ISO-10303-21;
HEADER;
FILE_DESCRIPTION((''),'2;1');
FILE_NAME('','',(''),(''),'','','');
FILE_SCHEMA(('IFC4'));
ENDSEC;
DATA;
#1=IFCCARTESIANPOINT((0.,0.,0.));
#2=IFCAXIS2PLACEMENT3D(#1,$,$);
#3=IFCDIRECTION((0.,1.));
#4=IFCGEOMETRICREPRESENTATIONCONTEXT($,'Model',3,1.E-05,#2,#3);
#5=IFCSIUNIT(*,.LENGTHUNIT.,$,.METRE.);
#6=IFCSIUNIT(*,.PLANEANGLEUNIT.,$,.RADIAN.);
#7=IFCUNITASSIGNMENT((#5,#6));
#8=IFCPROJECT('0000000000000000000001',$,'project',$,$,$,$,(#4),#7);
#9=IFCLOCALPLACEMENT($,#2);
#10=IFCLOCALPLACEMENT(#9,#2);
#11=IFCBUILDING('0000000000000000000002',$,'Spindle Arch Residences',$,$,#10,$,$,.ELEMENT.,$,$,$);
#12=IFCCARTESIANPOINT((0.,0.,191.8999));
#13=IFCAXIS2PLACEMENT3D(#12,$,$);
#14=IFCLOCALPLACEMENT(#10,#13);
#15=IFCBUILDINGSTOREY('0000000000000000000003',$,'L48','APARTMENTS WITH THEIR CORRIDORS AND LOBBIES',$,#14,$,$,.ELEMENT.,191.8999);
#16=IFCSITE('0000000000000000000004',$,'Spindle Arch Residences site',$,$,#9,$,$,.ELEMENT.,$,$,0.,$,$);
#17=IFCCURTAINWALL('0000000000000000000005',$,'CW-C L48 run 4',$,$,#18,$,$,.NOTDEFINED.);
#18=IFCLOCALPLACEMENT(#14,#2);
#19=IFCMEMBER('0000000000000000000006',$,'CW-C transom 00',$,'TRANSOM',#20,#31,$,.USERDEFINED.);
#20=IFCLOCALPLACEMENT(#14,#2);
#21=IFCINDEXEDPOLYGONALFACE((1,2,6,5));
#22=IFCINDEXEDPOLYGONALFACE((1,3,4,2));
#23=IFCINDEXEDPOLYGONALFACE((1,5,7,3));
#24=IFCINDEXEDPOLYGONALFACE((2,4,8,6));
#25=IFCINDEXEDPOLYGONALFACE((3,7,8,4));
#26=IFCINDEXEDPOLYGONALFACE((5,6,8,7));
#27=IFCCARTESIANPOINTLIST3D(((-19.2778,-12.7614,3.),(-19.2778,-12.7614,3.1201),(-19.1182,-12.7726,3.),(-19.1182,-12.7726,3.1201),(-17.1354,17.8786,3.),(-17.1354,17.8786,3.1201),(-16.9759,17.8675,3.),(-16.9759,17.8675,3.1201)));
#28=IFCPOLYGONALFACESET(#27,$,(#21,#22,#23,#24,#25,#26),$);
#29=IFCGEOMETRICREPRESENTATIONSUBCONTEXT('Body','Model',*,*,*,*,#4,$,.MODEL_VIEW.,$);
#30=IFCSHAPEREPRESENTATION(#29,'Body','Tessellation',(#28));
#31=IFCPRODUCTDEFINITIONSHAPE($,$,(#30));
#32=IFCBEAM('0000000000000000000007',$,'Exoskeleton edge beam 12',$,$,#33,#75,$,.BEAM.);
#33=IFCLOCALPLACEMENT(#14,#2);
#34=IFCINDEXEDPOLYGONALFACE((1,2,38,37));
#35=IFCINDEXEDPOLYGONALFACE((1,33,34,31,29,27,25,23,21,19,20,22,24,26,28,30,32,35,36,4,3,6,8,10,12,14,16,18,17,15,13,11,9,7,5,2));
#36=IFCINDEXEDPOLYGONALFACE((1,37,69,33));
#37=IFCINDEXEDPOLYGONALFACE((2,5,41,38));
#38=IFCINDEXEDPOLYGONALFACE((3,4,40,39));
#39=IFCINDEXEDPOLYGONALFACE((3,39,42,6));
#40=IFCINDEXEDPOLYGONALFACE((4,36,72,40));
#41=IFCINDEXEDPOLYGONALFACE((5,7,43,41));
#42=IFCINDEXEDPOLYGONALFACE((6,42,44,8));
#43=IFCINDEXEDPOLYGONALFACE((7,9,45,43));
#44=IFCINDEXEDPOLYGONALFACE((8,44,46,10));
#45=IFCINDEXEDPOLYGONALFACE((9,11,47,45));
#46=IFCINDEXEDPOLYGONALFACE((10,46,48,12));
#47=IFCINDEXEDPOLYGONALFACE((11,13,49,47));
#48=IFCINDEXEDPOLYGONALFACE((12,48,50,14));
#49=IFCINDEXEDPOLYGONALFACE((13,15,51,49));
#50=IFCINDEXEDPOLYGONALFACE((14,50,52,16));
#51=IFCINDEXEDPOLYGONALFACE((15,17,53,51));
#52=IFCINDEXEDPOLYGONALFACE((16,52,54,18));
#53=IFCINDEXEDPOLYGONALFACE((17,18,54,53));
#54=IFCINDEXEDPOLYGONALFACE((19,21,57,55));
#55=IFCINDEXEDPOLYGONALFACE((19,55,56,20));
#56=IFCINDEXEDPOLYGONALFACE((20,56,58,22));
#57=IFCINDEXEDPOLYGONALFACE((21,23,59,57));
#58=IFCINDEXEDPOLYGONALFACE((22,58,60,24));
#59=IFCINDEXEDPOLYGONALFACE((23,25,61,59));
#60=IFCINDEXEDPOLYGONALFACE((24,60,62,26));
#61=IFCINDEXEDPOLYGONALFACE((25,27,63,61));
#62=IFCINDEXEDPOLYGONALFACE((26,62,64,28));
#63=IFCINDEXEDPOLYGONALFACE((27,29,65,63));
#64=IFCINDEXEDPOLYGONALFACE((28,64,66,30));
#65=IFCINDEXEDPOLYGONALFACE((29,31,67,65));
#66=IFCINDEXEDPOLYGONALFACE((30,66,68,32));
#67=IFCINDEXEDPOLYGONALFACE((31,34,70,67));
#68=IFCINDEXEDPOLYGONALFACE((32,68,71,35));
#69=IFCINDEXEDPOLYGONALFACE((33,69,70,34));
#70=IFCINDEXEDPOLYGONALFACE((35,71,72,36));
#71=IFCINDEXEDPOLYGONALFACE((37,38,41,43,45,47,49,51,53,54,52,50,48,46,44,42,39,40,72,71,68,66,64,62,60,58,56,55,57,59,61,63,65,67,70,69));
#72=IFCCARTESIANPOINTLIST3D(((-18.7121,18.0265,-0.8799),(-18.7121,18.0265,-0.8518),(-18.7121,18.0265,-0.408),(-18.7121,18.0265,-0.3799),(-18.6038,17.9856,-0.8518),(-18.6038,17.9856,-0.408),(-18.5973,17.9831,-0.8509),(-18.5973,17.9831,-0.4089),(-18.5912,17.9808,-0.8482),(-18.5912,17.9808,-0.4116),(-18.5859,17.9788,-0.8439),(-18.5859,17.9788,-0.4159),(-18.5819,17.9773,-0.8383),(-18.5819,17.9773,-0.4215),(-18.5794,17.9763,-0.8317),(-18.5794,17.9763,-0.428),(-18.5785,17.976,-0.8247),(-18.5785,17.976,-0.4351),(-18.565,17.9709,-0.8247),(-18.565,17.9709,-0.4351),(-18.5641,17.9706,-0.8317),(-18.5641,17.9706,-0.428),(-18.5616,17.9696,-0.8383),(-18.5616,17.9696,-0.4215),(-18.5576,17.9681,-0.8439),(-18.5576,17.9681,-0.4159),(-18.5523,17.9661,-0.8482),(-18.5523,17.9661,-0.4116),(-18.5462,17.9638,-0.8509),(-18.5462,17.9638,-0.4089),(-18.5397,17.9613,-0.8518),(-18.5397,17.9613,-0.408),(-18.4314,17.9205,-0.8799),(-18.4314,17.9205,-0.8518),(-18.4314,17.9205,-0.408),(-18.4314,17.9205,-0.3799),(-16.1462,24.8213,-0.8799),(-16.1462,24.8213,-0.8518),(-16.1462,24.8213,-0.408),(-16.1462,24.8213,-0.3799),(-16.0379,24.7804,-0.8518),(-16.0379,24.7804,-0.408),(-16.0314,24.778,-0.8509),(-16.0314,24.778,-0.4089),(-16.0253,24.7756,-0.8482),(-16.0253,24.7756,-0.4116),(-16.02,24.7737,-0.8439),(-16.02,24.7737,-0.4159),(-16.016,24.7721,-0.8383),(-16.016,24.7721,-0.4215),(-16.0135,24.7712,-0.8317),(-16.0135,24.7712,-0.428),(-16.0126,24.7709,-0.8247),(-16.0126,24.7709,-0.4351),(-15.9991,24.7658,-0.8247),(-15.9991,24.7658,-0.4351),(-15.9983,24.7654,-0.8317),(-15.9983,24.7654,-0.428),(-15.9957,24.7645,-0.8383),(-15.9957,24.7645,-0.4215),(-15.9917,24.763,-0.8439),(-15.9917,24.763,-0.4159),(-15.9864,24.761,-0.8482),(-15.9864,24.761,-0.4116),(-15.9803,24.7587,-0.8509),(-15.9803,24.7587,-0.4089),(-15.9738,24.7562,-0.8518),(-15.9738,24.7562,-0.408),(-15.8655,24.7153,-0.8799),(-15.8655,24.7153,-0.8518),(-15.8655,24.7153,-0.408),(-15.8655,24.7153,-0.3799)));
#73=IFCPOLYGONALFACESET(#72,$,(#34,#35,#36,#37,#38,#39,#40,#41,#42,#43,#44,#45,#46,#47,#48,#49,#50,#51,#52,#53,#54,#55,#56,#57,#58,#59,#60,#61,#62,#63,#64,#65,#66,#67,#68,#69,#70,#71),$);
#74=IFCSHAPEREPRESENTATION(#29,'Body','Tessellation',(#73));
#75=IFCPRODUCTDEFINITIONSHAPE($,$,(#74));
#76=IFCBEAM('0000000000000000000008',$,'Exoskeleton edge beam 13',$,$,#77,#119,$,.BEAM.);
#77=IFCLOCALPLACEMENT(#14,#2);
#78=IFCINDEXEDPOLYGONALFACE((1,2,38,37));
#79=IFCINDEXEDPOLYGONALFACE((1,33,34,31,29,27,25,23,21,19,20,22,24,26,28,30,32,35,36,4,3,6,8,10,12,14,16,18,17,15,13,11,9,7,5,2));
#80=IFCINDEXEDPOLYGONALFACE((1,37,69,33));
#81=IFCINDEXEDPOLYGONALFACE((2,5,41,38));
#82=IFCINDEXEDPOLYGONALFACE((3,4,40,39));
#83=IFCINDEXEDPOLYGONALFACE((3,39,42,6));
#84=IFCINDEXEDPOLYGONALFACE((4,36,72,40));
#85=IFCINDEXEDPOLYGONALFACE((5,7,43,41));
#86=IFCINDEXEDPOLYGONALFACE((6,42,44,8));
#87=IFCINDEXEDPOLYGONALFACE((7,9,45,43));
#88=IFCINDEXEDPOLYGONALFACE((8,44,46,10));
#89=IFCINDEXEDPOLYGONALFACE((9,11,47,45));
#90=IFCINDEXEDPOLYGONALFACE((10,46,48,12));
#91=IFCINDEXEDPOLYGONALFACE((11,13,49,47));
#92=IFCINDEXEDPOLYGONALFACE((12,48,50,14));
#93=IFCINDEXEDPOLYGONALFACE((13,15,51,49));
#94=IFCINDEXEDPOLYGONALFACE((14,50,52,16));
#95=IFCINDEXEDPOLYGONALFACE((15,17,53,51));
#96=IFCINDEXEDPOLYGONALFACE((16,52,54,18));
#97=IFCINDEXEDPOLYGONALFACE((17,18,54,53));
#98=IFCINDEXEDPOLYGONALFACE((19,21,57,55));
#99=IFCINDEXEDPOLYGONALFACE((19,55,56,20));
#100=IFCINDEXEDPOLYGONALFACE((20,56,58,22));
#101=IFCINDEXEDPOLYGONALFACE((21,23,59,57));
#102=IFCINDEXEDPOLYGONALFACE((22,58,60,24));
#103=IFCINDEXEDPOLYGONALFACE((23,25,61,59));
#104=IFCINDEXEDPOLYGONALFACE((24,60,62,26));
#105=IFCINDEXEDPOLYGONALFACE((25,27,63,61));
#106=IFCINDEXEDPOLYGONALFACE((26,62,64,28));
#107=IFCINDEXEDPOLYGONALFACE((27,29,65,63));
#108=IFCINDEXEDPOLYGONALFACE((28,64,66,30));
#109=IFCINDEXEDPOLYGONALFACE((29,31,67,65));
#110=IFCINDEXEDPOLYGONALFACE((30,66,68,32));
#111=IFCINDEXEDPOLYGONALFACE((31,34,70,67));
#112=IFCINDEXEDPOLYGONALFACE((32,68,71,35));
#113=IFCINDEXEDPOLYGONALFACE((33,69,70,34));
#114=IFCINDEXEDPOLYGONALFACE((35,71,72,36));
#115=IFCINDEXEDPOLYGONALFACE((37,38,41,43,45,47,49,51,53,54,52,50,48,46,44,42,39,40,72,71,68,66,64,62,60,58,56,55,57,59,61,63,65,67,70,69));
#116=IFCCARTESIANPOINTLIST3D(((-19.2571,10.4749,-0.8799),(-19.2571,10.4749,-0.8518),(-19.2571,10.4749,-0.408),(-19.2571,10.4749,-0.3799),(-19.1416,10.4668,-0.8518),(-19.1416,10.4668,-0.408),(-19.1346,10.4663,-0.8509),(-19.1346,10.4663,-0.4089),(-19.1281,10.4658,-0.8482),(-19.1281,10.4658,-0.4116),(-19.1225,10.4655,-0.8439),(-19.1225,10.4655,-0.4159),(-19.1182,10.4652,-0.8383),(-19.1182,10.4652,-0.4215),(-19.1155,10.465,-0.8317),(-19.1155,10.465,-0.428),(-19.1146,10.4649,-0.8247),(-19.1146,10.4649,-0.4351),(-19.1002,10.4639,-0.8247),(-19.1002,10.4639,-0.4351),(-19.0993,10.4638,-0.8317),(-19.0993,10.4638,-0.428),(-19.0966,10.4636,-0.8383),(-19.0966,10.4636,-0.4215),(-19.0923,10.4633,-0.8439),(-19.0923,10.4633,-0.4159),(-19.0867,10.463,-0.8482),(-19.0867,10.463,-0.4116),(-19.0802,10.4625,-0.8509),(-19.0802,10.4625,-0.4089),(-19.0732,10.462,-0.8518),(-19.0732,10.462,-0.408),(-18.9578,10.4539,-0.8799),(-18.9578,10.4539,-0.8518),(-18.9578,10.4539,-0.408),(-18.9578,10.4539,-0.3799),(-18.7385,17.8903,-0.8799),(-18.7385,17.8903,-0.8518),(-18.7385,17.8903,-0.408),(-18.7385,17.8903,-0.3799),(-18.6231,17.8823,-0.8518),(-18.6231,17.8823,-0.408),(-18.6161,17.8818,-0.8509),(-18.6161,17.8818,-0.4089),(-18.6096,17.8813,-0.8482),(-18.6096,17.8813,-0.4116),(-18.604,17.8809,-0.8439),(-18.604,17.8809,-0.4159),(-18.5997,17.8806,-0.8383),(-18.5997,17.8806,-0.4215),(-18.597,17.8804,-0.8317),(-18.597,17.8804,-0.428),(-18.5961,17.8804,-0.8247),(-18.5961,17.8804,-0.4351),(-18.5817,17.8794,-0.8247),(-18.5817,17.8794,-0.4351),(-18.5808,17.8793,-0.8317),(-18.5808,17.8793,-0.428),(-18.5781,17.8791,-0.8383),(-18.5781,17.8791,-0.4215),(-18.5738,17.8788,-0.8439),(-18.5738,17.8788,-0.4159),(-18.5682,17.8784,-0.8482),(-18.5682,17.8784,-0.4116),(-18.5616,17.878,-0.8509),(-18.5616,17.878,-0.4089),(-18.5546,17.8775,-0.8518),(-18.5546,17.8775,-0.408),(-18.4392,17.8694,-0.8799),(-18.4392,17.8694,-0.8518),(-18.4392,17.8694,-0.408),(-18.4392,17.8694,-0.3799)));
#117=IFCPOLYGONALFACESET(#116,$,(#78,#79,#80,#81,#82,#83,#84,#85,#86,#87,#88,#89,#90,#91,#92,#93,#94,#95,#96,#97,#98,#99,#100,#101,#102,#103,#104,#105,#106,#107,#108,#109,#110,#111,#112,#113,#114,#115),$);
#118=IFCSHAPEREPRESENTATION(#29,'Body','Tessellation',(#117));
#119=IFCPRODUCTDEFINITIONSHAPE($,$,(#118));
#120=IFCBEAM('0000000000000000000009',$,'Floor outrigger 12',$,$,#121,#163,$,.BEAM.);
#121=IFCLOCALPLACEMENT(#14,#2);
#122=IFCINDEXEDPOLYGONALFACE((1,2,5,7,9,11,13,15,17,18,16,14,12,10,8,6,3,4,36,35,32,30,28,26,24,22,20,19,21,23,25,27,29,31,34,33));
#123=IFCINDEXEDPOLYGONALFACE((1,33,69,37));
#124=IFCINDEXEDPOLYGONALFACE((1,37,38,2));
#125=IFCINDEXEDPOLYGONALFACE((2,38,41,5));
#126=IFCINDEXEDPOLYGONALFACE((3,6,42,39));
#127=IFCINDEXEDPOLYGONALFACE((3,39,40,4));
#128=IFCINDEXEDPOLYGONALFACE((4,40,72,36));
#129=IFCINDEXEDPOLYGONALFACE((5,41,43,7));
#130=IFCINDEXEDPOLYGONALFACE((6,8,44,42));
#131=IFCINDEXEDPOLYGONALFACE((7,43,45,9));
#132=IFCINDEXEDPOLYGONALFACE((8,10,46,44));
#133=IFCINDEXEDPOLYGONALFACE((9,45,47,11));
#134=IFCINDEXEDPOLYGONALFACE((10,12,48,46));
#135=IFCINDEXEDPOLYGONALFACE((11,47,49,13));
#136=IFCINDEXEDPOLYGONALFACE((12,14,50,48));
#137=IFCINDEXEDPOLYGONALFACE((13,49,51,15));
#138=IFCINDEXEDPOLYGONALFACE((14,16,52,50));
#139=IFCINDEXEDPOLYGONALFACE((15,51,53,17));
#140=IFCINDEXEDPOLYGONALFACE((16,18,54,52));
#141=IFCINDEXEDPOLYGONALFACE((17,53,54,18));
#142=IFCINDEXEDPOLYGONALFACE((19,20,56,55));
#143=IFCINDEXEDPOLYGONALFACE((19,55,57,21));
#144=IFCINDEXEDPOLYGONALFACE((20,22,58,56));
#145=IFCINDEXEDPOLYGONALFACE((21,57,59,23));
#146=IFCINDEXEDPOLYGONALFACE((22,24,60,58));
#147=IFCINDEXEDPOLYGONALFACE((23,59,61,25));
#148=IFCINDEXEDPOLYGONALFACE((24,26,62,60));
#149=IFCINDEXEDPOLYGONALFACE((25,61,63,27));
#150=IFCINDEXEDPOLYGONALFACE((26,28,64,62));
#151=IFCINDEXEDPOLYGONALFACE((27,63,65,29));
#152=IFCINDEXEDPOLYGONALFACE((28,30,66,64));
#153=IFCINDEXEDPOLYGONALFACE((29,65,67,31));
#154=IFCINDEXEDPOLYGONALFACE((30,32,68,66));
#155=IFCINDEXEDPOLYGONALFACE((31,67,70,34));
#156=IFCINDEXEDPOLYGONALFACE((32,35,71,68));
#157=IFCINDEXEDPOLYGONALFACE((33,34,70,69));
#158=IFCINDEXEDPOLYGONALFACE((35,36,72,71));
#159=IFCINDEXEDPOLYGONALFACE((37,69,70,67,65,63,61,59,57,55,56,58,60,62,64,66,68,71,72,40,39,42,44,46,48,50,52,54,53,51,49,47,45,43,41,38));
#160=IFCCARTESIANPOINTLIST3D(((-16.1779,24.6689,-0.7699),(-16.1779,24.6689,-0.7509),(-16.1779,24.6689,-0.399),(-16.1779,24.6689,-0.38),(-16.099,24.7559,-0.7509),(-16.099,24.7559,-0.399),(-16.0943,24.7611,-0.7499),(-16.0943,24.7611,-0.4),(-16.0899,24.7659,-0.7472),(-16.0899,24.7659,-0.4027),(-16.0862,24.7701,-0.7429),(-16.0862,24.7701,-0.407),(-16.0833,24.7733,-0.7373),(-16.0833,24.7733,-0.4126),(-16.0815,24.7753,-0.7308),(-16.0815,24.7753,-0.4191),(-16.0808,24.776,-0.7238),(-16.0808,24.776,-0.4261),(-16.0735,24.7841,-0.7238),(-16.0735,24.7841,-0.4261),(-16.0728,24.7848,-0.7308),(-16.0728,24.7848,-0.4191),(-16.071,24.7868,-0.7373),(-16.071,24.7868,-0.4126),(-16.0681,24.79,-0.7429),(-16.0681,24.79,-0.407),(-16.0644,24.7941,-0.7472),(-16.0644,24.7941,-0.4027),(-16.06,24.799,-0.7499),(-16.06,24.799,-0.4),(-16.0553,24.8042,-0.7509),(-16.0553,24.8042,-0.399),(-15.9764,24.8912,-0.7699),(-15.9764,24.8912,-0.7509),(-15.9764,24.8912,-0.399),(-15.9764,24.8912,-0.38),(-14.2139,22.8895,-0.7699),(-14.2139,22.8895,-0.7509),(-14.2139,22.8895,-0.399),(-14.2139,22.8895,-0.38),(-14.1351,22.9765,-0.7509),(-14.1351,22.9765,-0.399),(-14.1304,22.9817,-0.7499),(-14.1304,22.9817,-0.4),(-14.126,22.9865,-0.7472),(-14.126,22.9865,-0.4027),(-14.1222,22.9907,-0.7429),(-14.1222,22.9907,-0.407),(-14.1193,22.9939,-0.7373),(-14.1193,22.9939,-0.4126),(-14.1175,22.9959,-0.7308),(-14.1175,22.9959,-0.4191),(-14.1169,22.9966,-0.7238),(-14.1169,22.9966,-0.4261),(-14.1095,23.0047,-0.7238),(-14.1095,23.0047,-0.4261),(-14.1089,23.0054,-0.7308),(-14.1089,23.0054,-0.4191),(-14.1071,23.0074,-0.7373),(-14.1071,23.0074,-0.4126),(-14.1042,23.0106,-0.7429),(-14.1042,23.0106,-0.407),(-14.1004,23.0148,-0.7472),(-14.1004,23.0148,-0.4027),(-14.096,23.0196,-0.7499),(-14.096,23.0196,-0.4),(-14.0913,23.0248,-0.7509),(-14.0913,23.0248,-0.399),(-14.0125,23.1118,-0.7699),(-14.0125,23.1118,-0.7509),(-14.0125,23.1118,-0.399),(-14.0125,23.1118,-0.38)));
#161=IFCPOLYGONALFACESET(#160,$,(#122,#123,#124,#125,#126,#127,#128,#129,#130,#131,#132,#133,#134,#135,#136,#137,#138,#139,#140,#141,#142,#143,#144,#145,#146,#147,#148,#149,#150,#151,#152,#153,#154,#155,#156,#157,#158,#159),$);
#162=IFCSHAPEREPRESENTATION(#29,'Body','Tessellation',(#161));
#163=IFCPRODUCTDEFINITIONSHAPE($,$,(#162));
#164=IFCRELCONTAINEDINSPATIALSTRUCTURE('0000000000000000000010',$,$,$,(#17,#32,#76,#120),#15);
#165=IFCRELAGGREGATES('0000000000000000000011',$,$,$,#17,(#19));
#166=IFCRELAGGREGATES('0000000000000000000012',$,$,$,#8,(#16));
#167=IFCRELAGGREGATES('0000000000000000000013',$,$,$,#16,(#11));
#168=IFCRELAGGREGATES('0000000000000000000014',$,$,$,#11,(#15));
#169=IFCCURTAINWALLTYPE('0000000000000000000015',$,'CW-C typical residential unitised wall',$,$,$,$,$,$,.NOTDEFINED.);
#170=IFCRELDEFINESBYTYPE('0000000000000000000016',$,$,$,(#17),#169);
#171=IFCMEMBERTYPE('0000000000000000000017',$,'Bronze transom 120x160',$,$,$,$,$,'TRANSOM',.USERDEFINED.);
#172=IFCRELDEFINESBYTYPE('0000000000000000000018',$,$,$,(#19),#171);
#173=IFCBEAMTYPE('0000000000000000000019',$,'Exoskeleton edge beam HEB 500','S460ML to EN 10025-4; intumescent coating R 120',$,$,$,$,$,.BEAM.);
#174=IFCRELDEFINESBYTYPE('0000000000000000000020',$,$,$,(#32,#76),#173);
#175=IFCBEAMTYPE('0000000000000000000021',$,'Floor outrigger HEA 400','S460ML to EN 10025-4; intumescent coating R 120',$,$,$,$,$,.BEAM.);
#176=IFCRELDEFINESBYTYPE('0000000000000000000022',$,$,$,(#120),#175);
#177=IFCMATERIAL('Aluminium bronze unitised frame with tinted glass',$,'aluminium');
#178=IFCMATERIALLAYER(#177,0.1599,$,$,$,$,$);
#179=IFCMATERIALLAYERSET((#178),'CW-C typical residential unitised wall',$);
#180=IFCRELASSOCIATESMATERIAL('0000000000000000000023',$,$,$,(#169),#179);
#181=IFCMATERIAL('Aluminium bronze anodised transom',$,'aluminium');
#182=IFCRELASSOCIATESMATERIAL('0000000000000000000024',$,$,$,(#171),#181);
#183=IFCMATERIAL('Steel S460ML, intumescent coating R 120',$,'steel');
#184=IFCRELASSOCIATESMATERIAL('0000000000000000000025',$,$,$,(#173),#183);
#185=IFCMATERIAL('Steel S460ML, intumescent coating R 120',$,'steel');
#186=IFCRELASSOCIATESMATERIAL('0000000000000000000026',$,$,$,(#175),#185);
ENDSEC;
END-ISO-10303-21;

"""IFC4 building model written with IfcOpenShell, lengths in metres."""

from ifc_helpers import new_model, si_unit, direction, frame, origin, origin_2d, place, context, subcontext, project, spatial, rectangle, i_section, extrude, material, layer, layer_set, material_profile, profile_set, type_object, element, aggregate, save


model = new_model("IFC4")

# Units and contexts
model_context = context("Model", 3, precision=1e-05, world=origin(), true_north=direction((0.0, 1.0)))
body_context = subcontext(model_context, "Body", "Model", "MODEL_VIEW")
ifc_project = project(units=[si_unit("LENGTHUNIT", "METRE"), si_unit("PLANEANGLEUNIT", "RADIAN")], contexts=[model_context])

# Site, building, storey
site_placement = place(None, origin())
site = spatial("IfcSite", under=ifc_project, at=site_placement, Name="Spindle Arch Residences site", CompositionType="ELEMENT", RefElevation=0.0)
building_placement = place(site_placement, origin())
building = spatial("IfcBuilding", under=site, at=building_placement, Name="Spindle Arch Residences", CompositionType="ELEMENT")
storey_placement = place(building_placement, frame((0.0, 0.0, 191.8999)))
storey = spatial("IfcBuildingStorey", under=building, at=storey_placement, Name="L48", Description="APARTMENTS WITH THEIR CORRIDORS AND LOBBIES", CompositionType="ELEMENT", Elevation=191.8999)

# Curtain wall
ifc_material_1 = material(Name="Aluminium bronze unitised frame with tinted glass", Category="aluminium")
ifc_layer_1 = layer(ifc_material_1, 0.1599)
ifc_layer_set_1 = layer_set([ifc_layer_1], Name="CW-C typical residential unitised wall")
curtain_wall_type_1 = type_object("IfcCurtainWallType", Name="CW-C typical residential unitised wall", PredefinedType="NOTDEFINED", material=ifc_layer_set_1)
curtain_wall_1_placement = place(storey_placement, origin())
curtain_wall_1 = element("IfcCurtainWall", 1, at=curtain_wall_1_placement, inside=storey, type_object=curtain_wall_type_1, Name="CW-C L48 run 4", PredefinedType="NOTDEFINED")

# Member
ifc_material_2 = material(Name="Aluminium bronze anodised transom", Category="aluminium")
ifc_material_profile_1 = material_profile(ifc_material_2, rectangle(XDim=0.1599, YDim=0.1201, at=origin_2d()), Name="TR 120x160")
ifc_profile_set_1 = profile_set([ifc_material_profile_1], Name="Aluminium bronze anodised transom")
member_type_1 = type_object("IfcMemberType", Name="Bronze transom 120x160", ElementType="TRANSOM", PredefinedType="USERDEFINED", material=ifc_profile_set_1)
member_1_placement = place(storey_placement, frame((-17.0557, 17.873, 3.0601), z_axis=(-0.069749, -0.997565, 0.0), x_axis=(0.997565, -0.069749, 0.0)))
member_1 = element("IfcMember", 2, at=member_1_placement, type_object=member_type_1, Name="CW-C transom 00", ObjectType="TRANSOM", PredefinedType="USERDEFINED", context=body_context, shape_type="SweptSolid", body=[
    extrude(rectangle(XDim=0.1599, YDim=0.1201, at=origin_2d()), origin(), (0.0, 0.0, 1.0), 30.7148),
])
aggregate(curtain_wall_1, [member_1])

# Beams
ifc_material_3 = material(Name="Steel S460ML, intumescent coating R 120", Category="steel")
ifc_material_profile_2 = material_profile(ifc_material_3, i_section(OverallWidth=0.3, OverallDepth=0.5, WebThickness=0.0144, FlangeThickness=0.0281, FilletRadius=0.0271, at=origin_2d()), Name="HEB 500")
ifc_profile_set_2 = profile_set([ifc_material_profile_2], Name="Steel S460ML, intumescent coating R 120")
beam_type_1 = type_object("IfcBeamType", Name="Exoskeleton edge beam HEB 500", Description="S460ML to EN 10025-4; intumescent coating R 120", PredefinedType="BEAM", material=ifc_profile_set_2)
beam_1_placement = place(storey_placement, frame((-16.0059, 24.7683, -0.6299), z_axis=(-0.353274, -0.93552, 0.0), x_axis=(0.93552, -0.353274, 0.0)))
element("IfcBeam", 3, at=beam_1_placement, inside=storey, type_object=beam_type_1, Name="Exoskeleton edge beam 12", PredefinedType="BEAM", context=body_context, shape_type="SweptSolid", body=[
    extrude(i_section(OverallWidth=0.3, OverallDepth=0.5, WebThickness=0.0144, FlangeThickness=0.0281, FilletRadius=0.0271, at=origin_2d()), origin(), (0.0, 0.0, 1.0), 7.2632),
])
beam_2_placement = place(storey_placement, frame((-18.5889, 17.8799, -0.6299), z_axis=(-0.069758, -0.997564, 0.0), x_axis=(0.997564, -0.069758, 0.0)))
element("IfcBeam", 4, at=beam_2_placement, inside=storey, type_object=beam_type_1, Name="Exoskeleton edge beam 13", PredefinedType="BEAM", context=body_context, shape_type="SweptSolid", body=[
    extrude(i_section(OverallWidth=0.3, OverallDepth=0.5, WebThickness=0.0144, FlangeThickness=0.0281, FilletRadius=0.0271, at=origin_2d()), origin(), (0.0, 0.0, 1.0), 7.4336),
])
ifc_material_4 = material(Name="Steel S460ML, intumescent coating R 120", Category="steel")
ifc_material_profile_3 = material_profile(ifc_material_4, i_section(OverallWidth=0.3, OverallDepth=0.3899, WebThickness=0.011, FlangeThickness=0.019, FilletRadius=0.0271, at=origin_2d()), Name="HEA 400")
ifc_profile_set_3 = profile_set([ifc_material_profile_3], Name="Steel S460ML, intumescent coating R 120")
beam_type_2 = type_object("IfcBeamType", Name="Floor outrigger HEA 400", Description="S460ML to EN 10025-4; intumescent coating R 120", PredefinedType="BEAM", material=ifc_profile_set_3)
beam_3_placement = place(storey_placement, frame((-16.0771, 24.78, -0.575), z_axis=(0.741073, -0.671425, 0.0), x_axis=(0.671425, 0.741073, 0.0)))
element("IfcBeam", 5, at=beam_3_placement, inside=storey, type_object=beam_type_2, Name="Floor outrigger 12", PredefinedType="BEAM", context=body_context, shape_type="SweptSolid", body=[
    extrude(i_section(OverallWidth=0.3, OverallDepth=0.3899, WebThickness=0.011, FlangeThickness=0.019, FilletRadius=0.0271, at=origin_2d()), origin(), (0.0, 0.0, 1.0), 2.6501),
])

save(model, "model.ifc")
